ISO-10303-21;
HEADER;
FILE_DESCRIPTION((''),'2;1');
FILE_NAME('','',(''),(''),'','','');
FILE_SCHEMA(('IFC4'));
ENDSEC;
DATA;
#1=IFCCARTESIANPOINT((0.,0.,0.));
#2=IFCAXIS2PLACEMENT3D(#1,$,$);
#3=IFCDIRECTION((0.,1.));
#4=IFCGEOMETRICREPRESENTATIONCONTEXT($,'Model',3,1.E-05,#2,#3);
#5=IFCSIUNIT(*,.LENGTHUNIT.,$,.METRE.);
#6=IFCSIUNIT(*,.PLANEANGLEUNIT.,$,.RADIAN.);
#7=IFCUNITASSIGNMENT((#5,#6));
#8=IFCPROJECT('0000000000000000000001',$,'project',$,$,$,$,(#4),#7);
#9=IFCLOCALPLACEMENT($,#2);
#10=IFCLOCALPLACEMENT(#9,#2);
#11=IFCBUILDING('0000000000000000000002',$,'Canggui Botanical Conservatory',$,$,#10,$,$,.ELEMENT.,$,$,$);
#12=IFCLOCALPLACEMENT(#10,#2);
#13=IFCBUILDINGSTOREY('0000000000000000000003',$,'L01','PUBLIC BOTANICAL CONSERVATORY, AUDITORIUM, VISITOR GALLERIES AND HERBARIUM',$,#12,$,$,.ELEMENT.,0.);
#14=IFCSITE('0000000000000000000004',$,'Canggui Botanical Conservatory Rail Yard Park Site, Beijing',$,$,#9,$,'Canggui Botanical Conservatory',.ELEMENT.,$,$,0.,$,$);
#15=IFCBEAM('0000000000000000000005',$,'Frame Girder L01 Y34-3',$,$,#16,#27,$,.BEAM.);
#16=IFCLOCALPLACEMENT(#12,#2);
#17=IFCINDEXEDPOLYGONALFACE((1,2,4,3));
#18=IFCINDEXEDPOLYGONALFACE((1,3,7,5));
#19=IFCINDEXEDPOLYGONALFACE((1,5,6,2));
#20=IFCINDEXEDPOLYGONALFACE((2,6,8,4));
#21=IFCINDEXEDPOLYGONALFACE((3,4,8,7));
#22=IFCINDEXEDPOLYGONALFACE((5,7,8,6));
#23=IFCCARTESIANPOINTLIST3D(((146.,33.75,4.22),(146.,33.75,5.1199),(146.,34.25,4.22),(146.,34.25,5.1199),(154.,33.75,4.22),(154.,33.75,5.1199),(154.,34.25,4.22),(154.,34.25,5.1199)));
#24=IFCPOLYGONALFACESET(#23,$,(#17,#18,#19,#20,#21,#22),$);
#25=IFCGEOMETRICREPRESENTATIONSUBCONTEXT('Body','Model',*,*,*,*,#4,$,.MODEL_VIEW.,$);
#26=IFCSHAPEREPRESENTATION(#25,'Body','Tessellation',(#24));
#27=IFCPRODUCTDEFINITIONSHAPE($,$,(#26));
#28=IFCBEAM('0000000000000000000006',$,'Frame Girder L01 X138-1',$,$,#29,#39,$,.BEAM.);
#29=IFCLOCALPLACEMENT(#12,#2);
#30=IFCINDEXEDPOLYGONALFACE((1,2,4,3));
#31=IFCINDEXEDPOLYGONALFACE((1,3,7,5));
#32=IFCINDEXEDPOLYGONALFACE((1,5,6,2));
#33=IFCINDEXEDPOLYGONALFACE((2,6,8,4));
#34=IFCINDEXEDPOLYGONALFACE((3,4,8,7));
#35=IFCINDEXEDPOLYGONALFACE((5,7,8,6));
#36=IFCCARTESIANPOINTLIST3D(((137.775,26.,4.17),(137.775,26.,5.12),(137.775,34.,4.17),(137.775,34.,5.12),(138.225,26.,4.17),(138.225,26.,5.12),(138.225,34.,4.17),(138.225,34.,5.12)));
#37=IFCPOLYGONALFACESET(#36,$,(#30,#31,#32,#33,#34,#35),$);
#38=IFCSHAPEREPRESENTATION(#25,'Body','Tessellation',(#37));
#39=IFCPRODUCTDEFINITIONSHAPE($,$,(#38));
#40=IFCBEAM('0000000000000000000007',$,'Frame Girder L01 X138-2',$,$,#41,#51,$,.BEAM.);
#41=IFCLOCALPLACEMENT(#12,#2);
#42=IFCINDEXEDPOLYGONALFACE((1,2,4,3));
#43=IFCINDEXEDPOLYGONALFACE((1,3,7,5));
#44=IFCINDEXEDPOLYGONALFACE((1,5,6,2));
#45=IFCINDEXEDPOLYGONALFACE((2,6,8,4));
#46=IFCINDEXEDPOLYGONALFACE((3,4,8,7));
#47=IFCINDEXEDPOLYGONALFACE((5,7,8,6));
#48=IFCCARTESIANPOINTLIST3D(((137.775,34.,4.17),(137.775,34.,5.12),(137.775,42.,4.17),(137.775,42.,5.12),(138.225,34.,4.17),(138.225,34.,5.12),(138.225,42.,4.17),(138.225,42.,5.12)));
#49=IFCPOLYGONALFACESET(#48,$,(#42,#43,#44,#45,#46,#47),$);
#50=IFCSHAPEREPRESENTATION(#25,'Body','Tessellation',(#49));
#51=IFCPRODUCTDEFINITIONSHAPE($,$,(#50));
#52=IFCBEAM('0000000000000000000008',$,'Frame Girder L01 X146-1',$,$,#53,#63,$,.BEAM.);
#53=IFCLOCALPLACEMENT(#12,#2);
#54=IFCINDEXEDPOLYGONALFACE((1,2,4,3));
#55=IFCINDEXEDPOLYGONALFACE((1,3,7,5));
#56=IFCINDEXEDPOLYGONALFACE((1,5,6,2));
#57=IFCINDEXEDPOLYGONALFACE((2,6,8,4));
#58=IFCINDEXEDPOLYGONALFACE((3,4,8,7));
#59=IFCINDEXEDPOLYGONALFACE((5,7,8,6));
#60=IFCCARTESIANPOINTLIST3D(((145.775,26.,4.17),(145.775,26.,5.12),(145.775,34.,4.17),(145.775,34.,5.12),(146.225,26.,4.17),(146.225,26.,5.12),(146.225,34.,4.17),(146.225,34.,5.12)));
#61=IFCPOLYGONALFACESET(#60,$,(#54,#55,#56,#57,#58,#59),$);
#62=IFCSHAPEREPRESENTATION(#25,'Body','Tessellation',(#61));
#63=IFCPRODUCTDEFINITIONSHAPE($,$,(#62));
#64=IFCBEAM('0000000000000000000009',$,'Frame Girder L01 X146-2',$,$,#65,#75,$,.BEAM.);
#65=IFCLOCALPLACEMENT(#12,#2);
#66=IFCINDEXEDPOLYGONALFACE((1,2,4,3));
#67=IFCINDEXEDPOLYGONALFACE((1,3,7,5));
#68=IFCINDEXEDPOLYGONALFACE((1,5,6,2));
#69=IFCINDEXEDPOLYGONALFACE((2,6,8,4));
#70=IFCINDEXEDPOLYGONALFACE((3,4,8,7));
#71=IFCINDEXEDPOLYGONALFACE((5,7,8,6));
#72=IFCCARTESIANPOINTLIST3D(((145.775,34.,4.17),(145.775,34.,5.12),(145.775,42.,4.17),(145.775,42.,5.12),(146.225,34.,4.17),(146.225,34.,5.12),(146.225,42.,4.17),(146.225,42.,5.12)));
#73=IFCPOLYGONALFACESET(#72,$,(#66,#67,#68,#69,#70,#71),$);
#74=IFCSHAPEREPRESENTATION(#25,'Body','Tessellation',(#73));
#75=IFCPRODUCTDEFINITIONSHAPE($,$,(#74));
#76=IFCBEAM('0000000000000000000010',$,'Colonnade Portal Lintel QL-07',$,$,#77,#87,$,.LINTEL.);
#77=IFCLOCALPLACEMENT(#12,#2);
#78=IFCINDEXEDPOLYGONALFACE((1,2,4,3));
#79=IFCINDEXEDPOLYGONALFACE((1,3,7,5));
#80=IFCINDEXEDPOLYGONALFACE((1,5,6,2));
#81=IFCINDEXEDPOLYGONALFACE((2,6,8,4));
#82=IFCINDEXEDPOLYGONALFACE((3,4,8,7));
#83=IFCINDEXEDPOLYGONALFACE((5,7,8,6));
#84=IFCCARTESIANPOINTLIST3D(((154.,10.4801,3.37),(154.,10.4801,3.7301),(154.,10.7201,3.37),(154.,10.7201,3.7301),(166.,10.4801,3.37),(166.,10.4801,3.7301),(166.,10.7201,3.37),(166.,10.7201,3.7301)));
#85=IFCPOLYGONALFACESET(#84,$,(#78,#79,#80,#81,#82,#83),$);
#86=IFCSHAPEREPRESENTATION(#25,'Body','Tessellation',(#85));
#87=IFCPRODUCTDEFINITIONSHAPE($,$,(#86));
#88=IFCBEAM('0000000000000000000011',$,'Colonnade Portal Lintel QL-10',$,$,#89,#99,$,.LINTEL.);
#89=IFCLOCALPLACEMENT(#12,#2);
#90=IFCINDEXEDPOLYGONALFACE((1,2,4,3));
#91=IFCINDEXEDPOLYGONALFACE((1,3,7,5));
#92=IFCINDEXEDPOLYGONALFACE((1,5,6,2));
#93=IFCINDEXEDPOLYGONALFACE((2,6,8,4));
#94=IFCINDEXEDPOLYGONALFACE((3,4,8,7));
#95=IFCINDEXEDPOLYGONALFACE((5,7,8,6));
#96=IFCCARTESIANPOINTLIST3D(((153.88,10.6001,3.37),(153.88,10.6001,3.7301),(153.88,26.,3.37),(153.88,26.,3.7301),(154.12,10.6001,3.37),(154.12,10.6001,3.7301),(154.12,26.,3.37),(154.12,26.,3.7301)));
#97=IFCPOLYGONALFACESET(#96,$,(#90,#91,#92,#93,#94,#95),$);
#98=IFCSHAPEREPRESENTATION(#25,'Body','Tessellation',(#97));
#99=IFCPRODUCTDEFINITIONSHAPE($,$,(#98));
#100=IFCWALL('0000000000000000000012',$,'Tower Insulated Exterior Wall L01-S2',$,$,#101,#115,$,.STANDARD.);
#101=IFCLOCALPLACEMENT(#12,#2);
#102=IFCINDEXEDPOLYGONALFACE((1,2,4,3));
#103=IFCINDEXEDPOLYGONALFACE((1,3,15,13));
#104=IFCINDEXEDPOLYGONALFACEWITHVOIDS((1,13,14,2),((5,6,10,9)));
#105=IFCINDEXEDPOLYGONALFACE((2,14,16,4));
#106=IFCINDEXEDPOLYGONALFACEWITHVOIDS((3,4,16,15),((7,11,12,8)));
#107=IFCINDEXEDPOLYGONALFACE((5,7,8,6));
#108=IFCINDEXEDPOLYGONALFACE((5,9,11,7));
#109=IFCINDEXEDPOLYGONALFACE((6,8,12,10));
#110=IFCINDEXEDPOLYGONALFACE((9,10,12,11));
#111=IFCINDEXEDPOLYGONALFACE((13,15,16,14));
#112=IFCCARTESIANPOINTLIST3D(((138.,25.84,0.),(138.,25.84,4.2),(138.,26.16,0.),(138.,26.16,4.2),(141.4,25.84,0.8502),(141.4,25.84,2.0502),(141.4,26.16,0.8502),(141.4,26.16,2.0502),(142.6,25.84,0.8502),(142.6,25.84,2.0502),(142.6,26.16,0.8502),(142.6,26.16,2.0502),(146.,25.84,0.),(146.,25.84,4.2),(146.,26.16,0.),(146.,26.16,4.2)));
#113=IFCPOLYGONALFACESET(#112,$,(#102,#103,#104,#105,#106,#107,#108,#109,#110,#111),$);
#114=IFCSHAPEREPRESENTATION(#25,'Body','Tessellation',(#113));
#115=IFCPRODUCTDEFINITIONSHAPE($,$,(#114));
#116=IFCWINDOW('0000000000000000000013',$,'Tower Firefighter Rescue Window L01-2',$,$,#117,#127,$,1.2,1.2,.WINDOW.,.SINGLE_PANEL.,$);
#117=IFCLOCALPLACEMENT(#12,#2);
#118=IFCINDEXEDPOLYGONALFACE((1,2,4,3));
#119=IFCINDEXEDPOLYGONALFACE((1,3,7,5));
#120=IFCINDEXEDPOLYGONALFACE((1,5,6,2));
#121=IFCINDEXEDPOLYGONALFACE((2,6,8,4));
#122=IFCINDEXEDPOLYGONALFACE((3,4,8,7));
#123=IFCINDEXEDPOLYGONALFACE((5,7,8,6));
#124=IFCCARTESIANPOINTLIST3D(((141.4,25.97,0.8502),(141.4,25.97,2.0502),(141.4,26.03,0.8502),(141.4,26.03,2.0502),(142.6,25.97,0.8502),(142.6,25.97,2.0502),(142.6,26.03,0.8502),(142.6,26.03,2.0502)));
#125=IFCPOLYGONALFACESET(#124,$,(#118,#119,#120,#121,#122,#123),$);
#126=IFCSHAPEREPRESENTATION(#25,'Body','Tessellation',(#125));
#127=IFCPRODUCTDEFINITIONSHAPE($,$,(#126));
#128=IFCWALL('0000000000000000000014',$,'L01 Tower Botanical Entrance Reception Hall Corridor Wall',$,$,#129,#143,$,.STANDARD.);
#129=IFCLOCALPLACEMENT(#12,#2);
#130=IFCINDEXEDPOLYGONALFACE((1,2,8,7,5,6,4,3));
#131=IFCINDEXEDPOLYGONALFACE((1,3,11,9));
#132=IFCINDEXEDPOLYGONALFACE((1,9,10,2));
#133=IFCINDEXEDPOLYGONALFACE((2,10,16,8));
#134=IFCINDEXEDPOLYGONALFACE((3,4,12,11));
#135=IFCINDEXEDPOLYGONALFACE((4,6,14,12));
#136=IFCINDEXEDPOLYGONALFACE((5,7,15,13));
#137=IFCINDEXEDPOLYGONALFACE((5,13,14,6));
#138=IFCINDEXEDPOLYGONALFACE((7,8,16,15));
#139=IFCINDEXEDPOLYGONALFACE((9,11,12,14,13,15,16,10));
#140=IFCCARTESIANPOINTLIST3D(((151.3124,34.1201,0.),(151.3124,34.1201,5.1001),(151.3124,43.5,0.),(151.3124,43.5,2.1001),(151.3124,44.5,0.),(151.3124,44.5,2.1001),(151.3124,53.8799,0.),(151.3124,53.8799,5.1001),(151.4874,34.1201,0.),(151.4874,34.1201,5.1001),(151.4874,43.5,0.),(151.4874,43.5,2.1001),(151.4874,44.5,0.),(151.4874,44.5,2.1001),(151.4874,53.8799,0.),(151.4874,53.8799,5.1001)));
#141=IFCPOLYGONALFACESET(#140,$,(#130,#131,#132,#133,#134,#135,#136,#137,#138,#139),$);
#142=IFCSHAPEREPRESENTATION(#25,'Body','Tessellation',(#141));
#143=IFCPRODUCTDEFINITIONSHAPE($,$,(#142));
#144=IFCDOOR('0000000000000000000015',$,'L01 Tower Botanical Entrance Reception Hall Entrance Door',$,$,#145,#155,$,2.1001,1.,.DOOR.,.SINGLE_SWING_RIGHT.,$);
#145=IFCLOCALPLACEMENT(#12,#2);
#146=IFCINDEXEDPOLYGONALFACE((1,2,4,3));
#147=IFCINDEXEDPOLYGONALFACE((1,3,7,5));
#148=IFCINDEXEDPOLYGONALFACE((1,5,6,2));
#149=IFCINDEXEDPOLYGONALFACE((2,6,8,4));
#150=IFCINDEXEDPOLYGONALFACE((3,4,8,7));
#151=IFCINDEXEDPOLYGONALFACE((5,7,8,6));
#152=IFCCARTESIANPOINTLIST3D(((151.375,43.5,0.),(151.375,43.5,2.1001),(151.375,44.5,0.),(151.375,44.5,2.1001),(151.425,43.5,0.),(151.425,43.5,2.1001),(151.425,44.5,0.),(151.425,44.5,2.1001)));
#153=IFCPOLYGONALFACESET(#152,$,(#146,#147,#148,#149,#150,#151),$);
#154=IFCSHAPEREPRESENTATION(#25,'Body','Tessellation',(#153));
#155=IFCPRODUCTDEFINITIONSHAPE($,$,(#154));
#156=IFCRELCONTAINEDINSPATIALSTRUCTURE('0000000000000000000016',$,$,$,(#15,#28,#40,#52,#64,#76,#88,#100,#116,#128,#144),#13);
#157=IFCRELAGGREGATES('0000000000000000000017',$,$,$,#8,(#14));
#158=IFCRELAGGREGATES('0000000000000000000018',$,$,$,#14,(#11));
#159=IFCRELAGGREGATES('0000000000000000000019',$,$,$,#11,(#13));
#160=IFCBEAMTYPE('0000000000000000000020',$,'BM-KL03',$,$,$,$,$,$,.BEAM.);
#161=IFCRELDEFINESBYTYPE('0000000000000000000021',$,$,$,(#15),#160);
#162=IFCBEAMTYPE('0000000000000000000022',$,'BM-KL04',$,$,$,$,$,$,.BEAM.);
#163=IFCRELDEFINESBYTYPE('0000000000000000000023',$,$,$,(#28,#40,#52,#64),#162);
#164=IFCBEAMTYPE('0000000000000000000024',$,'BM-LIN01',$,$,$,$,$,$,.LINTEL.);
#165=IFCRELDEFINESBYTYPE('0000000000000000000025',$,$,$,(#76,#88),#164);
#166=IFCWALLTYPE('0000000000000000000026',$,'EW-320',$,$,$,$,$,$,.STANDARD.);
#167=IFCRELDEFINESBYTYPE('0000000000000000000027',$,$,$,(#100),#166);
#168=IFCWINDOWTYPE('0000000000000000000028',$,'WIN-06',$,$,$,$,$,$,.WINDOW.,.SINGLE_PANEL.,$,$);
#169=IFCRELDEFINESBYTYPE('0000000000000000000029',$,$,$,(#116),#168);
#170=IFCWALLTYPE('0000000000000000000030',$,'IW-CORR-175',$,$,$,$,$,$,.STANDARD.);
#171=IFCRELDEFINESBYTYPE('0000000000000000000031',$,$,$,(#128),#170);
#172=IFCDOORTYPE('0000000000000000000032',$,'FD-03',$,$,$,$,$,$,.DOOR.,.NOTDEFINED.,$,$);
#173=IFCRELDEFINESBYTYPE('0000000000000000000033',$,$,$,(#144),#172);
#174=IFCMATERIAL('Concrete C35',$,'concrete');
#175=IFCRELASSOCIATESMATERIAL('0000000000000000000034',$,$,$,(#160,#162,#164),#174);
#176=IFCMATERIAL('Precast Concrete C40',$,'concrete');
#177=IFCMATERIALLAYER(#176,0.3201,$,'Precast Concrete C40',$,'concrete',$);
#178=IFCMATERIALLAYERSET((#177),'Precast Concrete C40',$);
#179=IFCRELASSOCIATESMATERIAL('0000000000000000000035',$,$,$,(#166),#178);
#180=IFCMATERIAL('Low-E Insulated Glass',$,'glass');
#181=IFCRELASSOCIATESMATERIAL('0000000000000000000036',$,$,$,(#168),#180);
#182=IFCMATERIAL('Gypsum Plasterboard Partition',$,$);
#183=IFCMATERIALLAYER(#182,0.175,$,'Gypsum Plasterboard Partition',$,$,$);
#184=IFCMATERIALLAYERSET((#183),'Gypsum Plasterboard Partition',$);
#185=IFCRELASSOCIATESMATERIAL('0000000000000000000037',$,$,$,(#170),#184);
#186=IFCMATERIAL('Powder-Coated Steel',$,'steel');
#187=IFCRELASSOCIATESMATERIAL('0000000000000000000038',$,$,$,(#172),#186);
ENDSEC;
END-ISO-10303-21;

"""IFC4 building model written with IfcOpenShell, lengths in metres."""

from ifc_helpers import new_model, si_unit, direction, frame, frame_2d, origin, origin_2d, place, context, subcontext, project, spatial, rectangle, extrude, material, layer, layer_set, material_profile, profile_set, type_object, element, fill, save


model = new_model("IFC4")

# Units and contexts
model_context = context("Model", 3, precision=1e-05, world=origin(), true_north=direction((0.0, 1.0)))
body_context = subcontext(model_context, "Body", "Model", "MODEL_VIEW")
ifc_project = project(units=[si_unit("LENGTHUNIT", "METRE"), si_unit("PLANEANGLEUNIT", "RADIAN")], contexts=[model_context])

# Site, building, storey
site_placement = place(None, origin())
site = spatial("IfcSite", under=ifc_project, at=site_placement, Name="Canggui Botanical Conservatory Rail Yard Park Site, Beijing", LongName="Canggui Botanical Conservatory", CompositionType="ELEMENT", RefElevation=0.0)
building_placement = place(site_placement, origin())
building = spatial("IfcBuilding", under=site, at=building_placement, Name="Canggui Botanical Conservatory", CompositionType="ELEMENT")
storey_placement = place(building_placement, origin())
storey = spatial("IfcBuildingStorey", under=building, at=storey_placement, Name="L01", Description="PUBLIC BOTANICAL CONSERVATORY, AUDITORIUM, VISITOR GALLERIES AND HERBARIUM", CompositionType="ELEMENT", Elevation=0.0)

# Shared definitions
ifc_material_1 = material(Name="Concrete C35", Category="concrete")

# Beams
ifc_material_profile_1 = material_profile(ifc_material_1, rectangle(XDim=0.5, YDim=0.8999, at=origin_2d()), Name="RB 500x900")
ifc_profile_set_1 = profile_set([ifc_material_profile_1], Name="Concrete C35")
beam_type_1 = type_object("IfcBeamType", Name="BM-KL03", PredefinedType="BEAM", material=ifc_profile_set_1)
for number, where, z_axis, x_axis, name in (
    (1, (146.0, 34.0, 4.6699), (1.0, 0.0, 0.0), (0.0, 1.0, 0.0), "Frame Girder L01 Y34-3"),
):
    element("IfcBeam", number, at=place(storey_placement, frame(where, z_axis=z_axis, x_axis=x_axis)), inside=storey, type_object=beam_type_1, Name=name, PredefinedType="BEAM", context=body_context, shape_type="SweptSolid", body=[
        extrude(rectangle(XDim=0.5, YDim=0.8999, at=origin_2d()), origin(), (0.0, 0.0, 1.0), 8.0),
    ])
ifc_material_profile_2 = material_profile(ifc_material_1, rectangle(XDim=0.45, YDim=0.95, at=origin_2d()), Name="RB 450x950")
ifc_profile_set_2 = profile_set([ifc_material_profile_2], Name="Concrete C35")
beam_type_2 = type_object("IfcBeamType", Name="BM-KL04", PredefinedType="BEAM", material=ifc_profile_set_2)
for number, where, z_axis, x_axis, name in (
    (2, (138.0, 26.0, 4.645), (0.0, 1.0, 0.0), (-1.0, 0.0, 0.0), "Frame Girder L01 X138-1"),
    (3, (138.0, 34.0, 4.645), (0.0, 1.0, 0.0), (-1.0, 0.0, 0.0), "Frame Girder L01 X138-2"),
    (4, (146.0, 26.0, 4.645), (0.0, 1.0, 0.0), (-1.0, 0.0, 0.0), "Frame Girder L01 X146-1"),
    (5, (146.0, 34.0, 4.645), (0.0, 1.0, 0.0), (-1.0, 0.0, 0.0), "Frame Girder L01 X146-2"),
):
    element("IfcBeam", number, at=place(storey_placement, frame(where, z_axis=z_axis, x_axis=x_axis)), inside=storey, type_object=beam_type_2, Name=name, PredefinedType="BEAM", context=body_context, shape_type="SweptSolid", body=[
        extrude(rectangle(XDim=0.45, YDim=0.95, at=origin_2d()), origin(), (0.0, 0.0, 1.0), 8.0),
    ])
ifc_material_profile_3 = material_profile(ifc_material_1, rectangle(XDim=0.24, YDim=0.3601, at=origin_2d()), Name="RB 240x360")
ifc_profile_set_3 = profile_set([ifc_material_profile_3], Name="Concrete C35")
beam_type_3 = type_object("IfcBeamType", Name="BM-LIN01", PredefinedType="LINTEL", material=ifc_profile_set_3)
beam_1_placement = place(storey_placement, frame((154.0, 10.6001, 3.55), z_axis=(1.0, 0.0, 0.0), x_axis=(0.0, 1.0, 0.0)))
element("IfcBeam", 6, at=beam_1_placement, inside=storey, type_object=beam_type_3, Name="Colonnade Portal Lintel QL-07", PredefinedType="LINTEL", context=body_context, shape_type="SweptSolid", body=[
    extrude(rectangle(XDim=0.24, YDim=0.3601, at=origin_2d()), origin(), (0.0, 0.0, 1.0), 12.0),
])
beam_2_placement = place(storey_placement, frame((154.0, 10.6001, 3.55), z_axis=(0.0, 1.0, 0.0), x_axis=(-1.0, 0.0, 0.0)))
element("IfcBeam", 7, at=beam_2_placement, inside=storey, type_object=beam_type_3, Name="Colonnade Portal Lintel QL-10", PredefinedType="LINTEL", context=body_context, shape_type="SweptSolid", body=[
    extrude(rectangle(XDim=0.24, YDim=0.3601, at=origin_2d()), origin(), (0.0, 0.0, 1.0), 15.3999),
])

# Wall, opening, window
ifc_material_2 = material(Name="Precast Concrete C40", Category="concrete")
ifc_layer_1 = layer(ifc_material_2, 0.3201, Name="Precast Concrete C40", Category="concrete")
ifc_layer_set_1 = layer_set([ifc_layer_1], Name="Precast Concrete C40")
wall_type_1 = type_object("IfcWallType", Name="EW-320", PredefinedType="STANDARD", material=ifc_layer_set_1)
wall_1_placement = place(storey_placement, frame((146.0, 26.0, 0.0), z_axis=(0.0, 0.0, 1.0), x_axis=(-1.0, 0.0, 0.0)))
wall_1 = element("IfcWall", 8, at=wall_1_placement, inside=storey, type_object=wall_type_1, Name="Tower Insulated Exterior Wall L01-S2", PredefinedType="STANDARD", context=body_context, shape_type="SweptSolid", body=[
    extrude(rectangle(XDim=8.0, YDim=0.3201, at=frame_2d((4.0, 0.0))), origin(), (0.0, 0.0, 1.0), 4.2),
])
opening_1_placement = place(wall_1_placement, frame((3.3999, 0.0, 0.8501)))
opening_1 = element("IfcOpeningElement", 9, at=opening_1_placement, cuts=wall_1, PredefinedType="OPENING", context=body_context, shape_type="SweptSolid", body=[
    extrude(rectangle(XDim=1.2, YDim=1.2, at=frame_2d((0.6001, 0.6001))), frame((0.0, 0.1699, 0.0), z_axis=(0.0, -1.0, 0.0), x_axis=(1.0, 0.0, 0.0)), (0.0, 0.0, 1.0), 0.3401),
])
ifc_material_3 = material(Name="Low-E Insulated Glass", Category="glass")
window_type = type_object("IfcWindowType", Name="WIN-06", PartitioningType="SINGLE_PANEL", PredefinedType="WINDOW", material=ifc_material_3)
window_placement = place(opening_1_placement, origin())
window = element("IfcWindow", 10, at=window_placement, inside=storey, type_object=window_type, Name="Tower Firefighter Rescue Window L01-2", OverallHeight=1.2, OverallWidth=1.2, PartitioningType="SINGLE_PANEL", PredefinedType="WINDOW", context=body_context, shape_type="SweptSolid", body=[
    extrude(rectangle(XDim=1.2, YDim=1.2, at=frame_2d((0.6001, 0.6001))), frame((0.0, 0.03, 0.0), z_axis=(0.0, -1.0, 0.0), x_axis=(1.0, 0.0, 0.0)), (0.0, 0.0, 1.0), 0.0601),
])
fill(opening_1, window)

# Wall, opening, door
ifc_material_4 = material(Name="Gypsum Plasterboard Partition")
ifc_layer_2 = layer(ifc_material_4, 0.175, Name="Gypsum Plasterboard Partition")
ifc_layer_set_2 = layer_set([ifc_layer_2], Name="Gypsum Plasterboard Partition")
wall_type_2 = type_object("IfcWallType", Name="IW-CORR-175", PredefinedType="STANDARD", material=ifc_layer_set_2)
wall_2_placement = place(storey_placement, frame((151.3999, 34.1201, 0.0), z_axis=(0.0, 0.0, 1.0), x_axis=(0.0, 1.0, 0.0)))
wall_2 = element("IfcWall", 11, at=wall_2_placement, inside=storey, type_object=wall_type_2, Name="L01 Tower Botanical Entrance Reception Hall Corridor Wall", PredefinedType="STANDARD", context=body_context, shape_type="SweptSolid", body=[
    extrude(rectangle(XDim=19.7598, YDim=0.175, at=frame_2d((9.8799, 0.0))), origin(), (0.0, 0.0, 1.0), 5.1001),
])
opening_2_placement = place(wall_2_placement, frame((9.3799, 0.0, 0.0)))
opening_2 = element("IfcOpeningElement", 12, at=opening_2_placement, cuts=wall_2, PredefinedType="OPENING", context=body_context, shape_type="SweptSolid", body=[
    extrude(rectangle(XDim=1.0, YDim=2.1001, at=frame_2d((0.5, 1.05))), frame((0.0, 0.0977, 0.0), z_axis=(0.0, -1.0, 0.0), x_axis=(1.0, 0.0, 0.0)), (0.0, 0.0, 1.0), 0.1951),
])
ifc_material_5 = material(Name="Powder-Coated Steel", Category="steel")
door_type = type_object("IfcDoorType", Name="FD-03", OperationType="NOTDEFINED", PredefinedType="DOOR", material=ifc_material_5)
door_placement = place(opening_2_placement, origin())
door = element("IfcDoor", 13, at=door_placement, inside=storey, type_object=door_type, Name="L01 Tower Botanical Entrance Reception Hall Entrance Door", OperationType="SINGLE_SWING_RIGHT", OverallHeight=2.1001, OverallWidth=1.0, PredefinedType="DOOR", context=body_context, shape_type="SweptSolid", body=[
    extrude(rectangle(XDim=1.0, YDim=2.1001, at=frame_2d((0.5, 1.05))), frame((0.0, 0.0249, 0.0), z_axis=(0.0, -1.0, 0.0), x_axis=(1.0, 0.0, 0.0)), (0.0, 0.0, 1.0), 0.05),
])
fill(opening_2, door)

save(model, "model.ifc")
